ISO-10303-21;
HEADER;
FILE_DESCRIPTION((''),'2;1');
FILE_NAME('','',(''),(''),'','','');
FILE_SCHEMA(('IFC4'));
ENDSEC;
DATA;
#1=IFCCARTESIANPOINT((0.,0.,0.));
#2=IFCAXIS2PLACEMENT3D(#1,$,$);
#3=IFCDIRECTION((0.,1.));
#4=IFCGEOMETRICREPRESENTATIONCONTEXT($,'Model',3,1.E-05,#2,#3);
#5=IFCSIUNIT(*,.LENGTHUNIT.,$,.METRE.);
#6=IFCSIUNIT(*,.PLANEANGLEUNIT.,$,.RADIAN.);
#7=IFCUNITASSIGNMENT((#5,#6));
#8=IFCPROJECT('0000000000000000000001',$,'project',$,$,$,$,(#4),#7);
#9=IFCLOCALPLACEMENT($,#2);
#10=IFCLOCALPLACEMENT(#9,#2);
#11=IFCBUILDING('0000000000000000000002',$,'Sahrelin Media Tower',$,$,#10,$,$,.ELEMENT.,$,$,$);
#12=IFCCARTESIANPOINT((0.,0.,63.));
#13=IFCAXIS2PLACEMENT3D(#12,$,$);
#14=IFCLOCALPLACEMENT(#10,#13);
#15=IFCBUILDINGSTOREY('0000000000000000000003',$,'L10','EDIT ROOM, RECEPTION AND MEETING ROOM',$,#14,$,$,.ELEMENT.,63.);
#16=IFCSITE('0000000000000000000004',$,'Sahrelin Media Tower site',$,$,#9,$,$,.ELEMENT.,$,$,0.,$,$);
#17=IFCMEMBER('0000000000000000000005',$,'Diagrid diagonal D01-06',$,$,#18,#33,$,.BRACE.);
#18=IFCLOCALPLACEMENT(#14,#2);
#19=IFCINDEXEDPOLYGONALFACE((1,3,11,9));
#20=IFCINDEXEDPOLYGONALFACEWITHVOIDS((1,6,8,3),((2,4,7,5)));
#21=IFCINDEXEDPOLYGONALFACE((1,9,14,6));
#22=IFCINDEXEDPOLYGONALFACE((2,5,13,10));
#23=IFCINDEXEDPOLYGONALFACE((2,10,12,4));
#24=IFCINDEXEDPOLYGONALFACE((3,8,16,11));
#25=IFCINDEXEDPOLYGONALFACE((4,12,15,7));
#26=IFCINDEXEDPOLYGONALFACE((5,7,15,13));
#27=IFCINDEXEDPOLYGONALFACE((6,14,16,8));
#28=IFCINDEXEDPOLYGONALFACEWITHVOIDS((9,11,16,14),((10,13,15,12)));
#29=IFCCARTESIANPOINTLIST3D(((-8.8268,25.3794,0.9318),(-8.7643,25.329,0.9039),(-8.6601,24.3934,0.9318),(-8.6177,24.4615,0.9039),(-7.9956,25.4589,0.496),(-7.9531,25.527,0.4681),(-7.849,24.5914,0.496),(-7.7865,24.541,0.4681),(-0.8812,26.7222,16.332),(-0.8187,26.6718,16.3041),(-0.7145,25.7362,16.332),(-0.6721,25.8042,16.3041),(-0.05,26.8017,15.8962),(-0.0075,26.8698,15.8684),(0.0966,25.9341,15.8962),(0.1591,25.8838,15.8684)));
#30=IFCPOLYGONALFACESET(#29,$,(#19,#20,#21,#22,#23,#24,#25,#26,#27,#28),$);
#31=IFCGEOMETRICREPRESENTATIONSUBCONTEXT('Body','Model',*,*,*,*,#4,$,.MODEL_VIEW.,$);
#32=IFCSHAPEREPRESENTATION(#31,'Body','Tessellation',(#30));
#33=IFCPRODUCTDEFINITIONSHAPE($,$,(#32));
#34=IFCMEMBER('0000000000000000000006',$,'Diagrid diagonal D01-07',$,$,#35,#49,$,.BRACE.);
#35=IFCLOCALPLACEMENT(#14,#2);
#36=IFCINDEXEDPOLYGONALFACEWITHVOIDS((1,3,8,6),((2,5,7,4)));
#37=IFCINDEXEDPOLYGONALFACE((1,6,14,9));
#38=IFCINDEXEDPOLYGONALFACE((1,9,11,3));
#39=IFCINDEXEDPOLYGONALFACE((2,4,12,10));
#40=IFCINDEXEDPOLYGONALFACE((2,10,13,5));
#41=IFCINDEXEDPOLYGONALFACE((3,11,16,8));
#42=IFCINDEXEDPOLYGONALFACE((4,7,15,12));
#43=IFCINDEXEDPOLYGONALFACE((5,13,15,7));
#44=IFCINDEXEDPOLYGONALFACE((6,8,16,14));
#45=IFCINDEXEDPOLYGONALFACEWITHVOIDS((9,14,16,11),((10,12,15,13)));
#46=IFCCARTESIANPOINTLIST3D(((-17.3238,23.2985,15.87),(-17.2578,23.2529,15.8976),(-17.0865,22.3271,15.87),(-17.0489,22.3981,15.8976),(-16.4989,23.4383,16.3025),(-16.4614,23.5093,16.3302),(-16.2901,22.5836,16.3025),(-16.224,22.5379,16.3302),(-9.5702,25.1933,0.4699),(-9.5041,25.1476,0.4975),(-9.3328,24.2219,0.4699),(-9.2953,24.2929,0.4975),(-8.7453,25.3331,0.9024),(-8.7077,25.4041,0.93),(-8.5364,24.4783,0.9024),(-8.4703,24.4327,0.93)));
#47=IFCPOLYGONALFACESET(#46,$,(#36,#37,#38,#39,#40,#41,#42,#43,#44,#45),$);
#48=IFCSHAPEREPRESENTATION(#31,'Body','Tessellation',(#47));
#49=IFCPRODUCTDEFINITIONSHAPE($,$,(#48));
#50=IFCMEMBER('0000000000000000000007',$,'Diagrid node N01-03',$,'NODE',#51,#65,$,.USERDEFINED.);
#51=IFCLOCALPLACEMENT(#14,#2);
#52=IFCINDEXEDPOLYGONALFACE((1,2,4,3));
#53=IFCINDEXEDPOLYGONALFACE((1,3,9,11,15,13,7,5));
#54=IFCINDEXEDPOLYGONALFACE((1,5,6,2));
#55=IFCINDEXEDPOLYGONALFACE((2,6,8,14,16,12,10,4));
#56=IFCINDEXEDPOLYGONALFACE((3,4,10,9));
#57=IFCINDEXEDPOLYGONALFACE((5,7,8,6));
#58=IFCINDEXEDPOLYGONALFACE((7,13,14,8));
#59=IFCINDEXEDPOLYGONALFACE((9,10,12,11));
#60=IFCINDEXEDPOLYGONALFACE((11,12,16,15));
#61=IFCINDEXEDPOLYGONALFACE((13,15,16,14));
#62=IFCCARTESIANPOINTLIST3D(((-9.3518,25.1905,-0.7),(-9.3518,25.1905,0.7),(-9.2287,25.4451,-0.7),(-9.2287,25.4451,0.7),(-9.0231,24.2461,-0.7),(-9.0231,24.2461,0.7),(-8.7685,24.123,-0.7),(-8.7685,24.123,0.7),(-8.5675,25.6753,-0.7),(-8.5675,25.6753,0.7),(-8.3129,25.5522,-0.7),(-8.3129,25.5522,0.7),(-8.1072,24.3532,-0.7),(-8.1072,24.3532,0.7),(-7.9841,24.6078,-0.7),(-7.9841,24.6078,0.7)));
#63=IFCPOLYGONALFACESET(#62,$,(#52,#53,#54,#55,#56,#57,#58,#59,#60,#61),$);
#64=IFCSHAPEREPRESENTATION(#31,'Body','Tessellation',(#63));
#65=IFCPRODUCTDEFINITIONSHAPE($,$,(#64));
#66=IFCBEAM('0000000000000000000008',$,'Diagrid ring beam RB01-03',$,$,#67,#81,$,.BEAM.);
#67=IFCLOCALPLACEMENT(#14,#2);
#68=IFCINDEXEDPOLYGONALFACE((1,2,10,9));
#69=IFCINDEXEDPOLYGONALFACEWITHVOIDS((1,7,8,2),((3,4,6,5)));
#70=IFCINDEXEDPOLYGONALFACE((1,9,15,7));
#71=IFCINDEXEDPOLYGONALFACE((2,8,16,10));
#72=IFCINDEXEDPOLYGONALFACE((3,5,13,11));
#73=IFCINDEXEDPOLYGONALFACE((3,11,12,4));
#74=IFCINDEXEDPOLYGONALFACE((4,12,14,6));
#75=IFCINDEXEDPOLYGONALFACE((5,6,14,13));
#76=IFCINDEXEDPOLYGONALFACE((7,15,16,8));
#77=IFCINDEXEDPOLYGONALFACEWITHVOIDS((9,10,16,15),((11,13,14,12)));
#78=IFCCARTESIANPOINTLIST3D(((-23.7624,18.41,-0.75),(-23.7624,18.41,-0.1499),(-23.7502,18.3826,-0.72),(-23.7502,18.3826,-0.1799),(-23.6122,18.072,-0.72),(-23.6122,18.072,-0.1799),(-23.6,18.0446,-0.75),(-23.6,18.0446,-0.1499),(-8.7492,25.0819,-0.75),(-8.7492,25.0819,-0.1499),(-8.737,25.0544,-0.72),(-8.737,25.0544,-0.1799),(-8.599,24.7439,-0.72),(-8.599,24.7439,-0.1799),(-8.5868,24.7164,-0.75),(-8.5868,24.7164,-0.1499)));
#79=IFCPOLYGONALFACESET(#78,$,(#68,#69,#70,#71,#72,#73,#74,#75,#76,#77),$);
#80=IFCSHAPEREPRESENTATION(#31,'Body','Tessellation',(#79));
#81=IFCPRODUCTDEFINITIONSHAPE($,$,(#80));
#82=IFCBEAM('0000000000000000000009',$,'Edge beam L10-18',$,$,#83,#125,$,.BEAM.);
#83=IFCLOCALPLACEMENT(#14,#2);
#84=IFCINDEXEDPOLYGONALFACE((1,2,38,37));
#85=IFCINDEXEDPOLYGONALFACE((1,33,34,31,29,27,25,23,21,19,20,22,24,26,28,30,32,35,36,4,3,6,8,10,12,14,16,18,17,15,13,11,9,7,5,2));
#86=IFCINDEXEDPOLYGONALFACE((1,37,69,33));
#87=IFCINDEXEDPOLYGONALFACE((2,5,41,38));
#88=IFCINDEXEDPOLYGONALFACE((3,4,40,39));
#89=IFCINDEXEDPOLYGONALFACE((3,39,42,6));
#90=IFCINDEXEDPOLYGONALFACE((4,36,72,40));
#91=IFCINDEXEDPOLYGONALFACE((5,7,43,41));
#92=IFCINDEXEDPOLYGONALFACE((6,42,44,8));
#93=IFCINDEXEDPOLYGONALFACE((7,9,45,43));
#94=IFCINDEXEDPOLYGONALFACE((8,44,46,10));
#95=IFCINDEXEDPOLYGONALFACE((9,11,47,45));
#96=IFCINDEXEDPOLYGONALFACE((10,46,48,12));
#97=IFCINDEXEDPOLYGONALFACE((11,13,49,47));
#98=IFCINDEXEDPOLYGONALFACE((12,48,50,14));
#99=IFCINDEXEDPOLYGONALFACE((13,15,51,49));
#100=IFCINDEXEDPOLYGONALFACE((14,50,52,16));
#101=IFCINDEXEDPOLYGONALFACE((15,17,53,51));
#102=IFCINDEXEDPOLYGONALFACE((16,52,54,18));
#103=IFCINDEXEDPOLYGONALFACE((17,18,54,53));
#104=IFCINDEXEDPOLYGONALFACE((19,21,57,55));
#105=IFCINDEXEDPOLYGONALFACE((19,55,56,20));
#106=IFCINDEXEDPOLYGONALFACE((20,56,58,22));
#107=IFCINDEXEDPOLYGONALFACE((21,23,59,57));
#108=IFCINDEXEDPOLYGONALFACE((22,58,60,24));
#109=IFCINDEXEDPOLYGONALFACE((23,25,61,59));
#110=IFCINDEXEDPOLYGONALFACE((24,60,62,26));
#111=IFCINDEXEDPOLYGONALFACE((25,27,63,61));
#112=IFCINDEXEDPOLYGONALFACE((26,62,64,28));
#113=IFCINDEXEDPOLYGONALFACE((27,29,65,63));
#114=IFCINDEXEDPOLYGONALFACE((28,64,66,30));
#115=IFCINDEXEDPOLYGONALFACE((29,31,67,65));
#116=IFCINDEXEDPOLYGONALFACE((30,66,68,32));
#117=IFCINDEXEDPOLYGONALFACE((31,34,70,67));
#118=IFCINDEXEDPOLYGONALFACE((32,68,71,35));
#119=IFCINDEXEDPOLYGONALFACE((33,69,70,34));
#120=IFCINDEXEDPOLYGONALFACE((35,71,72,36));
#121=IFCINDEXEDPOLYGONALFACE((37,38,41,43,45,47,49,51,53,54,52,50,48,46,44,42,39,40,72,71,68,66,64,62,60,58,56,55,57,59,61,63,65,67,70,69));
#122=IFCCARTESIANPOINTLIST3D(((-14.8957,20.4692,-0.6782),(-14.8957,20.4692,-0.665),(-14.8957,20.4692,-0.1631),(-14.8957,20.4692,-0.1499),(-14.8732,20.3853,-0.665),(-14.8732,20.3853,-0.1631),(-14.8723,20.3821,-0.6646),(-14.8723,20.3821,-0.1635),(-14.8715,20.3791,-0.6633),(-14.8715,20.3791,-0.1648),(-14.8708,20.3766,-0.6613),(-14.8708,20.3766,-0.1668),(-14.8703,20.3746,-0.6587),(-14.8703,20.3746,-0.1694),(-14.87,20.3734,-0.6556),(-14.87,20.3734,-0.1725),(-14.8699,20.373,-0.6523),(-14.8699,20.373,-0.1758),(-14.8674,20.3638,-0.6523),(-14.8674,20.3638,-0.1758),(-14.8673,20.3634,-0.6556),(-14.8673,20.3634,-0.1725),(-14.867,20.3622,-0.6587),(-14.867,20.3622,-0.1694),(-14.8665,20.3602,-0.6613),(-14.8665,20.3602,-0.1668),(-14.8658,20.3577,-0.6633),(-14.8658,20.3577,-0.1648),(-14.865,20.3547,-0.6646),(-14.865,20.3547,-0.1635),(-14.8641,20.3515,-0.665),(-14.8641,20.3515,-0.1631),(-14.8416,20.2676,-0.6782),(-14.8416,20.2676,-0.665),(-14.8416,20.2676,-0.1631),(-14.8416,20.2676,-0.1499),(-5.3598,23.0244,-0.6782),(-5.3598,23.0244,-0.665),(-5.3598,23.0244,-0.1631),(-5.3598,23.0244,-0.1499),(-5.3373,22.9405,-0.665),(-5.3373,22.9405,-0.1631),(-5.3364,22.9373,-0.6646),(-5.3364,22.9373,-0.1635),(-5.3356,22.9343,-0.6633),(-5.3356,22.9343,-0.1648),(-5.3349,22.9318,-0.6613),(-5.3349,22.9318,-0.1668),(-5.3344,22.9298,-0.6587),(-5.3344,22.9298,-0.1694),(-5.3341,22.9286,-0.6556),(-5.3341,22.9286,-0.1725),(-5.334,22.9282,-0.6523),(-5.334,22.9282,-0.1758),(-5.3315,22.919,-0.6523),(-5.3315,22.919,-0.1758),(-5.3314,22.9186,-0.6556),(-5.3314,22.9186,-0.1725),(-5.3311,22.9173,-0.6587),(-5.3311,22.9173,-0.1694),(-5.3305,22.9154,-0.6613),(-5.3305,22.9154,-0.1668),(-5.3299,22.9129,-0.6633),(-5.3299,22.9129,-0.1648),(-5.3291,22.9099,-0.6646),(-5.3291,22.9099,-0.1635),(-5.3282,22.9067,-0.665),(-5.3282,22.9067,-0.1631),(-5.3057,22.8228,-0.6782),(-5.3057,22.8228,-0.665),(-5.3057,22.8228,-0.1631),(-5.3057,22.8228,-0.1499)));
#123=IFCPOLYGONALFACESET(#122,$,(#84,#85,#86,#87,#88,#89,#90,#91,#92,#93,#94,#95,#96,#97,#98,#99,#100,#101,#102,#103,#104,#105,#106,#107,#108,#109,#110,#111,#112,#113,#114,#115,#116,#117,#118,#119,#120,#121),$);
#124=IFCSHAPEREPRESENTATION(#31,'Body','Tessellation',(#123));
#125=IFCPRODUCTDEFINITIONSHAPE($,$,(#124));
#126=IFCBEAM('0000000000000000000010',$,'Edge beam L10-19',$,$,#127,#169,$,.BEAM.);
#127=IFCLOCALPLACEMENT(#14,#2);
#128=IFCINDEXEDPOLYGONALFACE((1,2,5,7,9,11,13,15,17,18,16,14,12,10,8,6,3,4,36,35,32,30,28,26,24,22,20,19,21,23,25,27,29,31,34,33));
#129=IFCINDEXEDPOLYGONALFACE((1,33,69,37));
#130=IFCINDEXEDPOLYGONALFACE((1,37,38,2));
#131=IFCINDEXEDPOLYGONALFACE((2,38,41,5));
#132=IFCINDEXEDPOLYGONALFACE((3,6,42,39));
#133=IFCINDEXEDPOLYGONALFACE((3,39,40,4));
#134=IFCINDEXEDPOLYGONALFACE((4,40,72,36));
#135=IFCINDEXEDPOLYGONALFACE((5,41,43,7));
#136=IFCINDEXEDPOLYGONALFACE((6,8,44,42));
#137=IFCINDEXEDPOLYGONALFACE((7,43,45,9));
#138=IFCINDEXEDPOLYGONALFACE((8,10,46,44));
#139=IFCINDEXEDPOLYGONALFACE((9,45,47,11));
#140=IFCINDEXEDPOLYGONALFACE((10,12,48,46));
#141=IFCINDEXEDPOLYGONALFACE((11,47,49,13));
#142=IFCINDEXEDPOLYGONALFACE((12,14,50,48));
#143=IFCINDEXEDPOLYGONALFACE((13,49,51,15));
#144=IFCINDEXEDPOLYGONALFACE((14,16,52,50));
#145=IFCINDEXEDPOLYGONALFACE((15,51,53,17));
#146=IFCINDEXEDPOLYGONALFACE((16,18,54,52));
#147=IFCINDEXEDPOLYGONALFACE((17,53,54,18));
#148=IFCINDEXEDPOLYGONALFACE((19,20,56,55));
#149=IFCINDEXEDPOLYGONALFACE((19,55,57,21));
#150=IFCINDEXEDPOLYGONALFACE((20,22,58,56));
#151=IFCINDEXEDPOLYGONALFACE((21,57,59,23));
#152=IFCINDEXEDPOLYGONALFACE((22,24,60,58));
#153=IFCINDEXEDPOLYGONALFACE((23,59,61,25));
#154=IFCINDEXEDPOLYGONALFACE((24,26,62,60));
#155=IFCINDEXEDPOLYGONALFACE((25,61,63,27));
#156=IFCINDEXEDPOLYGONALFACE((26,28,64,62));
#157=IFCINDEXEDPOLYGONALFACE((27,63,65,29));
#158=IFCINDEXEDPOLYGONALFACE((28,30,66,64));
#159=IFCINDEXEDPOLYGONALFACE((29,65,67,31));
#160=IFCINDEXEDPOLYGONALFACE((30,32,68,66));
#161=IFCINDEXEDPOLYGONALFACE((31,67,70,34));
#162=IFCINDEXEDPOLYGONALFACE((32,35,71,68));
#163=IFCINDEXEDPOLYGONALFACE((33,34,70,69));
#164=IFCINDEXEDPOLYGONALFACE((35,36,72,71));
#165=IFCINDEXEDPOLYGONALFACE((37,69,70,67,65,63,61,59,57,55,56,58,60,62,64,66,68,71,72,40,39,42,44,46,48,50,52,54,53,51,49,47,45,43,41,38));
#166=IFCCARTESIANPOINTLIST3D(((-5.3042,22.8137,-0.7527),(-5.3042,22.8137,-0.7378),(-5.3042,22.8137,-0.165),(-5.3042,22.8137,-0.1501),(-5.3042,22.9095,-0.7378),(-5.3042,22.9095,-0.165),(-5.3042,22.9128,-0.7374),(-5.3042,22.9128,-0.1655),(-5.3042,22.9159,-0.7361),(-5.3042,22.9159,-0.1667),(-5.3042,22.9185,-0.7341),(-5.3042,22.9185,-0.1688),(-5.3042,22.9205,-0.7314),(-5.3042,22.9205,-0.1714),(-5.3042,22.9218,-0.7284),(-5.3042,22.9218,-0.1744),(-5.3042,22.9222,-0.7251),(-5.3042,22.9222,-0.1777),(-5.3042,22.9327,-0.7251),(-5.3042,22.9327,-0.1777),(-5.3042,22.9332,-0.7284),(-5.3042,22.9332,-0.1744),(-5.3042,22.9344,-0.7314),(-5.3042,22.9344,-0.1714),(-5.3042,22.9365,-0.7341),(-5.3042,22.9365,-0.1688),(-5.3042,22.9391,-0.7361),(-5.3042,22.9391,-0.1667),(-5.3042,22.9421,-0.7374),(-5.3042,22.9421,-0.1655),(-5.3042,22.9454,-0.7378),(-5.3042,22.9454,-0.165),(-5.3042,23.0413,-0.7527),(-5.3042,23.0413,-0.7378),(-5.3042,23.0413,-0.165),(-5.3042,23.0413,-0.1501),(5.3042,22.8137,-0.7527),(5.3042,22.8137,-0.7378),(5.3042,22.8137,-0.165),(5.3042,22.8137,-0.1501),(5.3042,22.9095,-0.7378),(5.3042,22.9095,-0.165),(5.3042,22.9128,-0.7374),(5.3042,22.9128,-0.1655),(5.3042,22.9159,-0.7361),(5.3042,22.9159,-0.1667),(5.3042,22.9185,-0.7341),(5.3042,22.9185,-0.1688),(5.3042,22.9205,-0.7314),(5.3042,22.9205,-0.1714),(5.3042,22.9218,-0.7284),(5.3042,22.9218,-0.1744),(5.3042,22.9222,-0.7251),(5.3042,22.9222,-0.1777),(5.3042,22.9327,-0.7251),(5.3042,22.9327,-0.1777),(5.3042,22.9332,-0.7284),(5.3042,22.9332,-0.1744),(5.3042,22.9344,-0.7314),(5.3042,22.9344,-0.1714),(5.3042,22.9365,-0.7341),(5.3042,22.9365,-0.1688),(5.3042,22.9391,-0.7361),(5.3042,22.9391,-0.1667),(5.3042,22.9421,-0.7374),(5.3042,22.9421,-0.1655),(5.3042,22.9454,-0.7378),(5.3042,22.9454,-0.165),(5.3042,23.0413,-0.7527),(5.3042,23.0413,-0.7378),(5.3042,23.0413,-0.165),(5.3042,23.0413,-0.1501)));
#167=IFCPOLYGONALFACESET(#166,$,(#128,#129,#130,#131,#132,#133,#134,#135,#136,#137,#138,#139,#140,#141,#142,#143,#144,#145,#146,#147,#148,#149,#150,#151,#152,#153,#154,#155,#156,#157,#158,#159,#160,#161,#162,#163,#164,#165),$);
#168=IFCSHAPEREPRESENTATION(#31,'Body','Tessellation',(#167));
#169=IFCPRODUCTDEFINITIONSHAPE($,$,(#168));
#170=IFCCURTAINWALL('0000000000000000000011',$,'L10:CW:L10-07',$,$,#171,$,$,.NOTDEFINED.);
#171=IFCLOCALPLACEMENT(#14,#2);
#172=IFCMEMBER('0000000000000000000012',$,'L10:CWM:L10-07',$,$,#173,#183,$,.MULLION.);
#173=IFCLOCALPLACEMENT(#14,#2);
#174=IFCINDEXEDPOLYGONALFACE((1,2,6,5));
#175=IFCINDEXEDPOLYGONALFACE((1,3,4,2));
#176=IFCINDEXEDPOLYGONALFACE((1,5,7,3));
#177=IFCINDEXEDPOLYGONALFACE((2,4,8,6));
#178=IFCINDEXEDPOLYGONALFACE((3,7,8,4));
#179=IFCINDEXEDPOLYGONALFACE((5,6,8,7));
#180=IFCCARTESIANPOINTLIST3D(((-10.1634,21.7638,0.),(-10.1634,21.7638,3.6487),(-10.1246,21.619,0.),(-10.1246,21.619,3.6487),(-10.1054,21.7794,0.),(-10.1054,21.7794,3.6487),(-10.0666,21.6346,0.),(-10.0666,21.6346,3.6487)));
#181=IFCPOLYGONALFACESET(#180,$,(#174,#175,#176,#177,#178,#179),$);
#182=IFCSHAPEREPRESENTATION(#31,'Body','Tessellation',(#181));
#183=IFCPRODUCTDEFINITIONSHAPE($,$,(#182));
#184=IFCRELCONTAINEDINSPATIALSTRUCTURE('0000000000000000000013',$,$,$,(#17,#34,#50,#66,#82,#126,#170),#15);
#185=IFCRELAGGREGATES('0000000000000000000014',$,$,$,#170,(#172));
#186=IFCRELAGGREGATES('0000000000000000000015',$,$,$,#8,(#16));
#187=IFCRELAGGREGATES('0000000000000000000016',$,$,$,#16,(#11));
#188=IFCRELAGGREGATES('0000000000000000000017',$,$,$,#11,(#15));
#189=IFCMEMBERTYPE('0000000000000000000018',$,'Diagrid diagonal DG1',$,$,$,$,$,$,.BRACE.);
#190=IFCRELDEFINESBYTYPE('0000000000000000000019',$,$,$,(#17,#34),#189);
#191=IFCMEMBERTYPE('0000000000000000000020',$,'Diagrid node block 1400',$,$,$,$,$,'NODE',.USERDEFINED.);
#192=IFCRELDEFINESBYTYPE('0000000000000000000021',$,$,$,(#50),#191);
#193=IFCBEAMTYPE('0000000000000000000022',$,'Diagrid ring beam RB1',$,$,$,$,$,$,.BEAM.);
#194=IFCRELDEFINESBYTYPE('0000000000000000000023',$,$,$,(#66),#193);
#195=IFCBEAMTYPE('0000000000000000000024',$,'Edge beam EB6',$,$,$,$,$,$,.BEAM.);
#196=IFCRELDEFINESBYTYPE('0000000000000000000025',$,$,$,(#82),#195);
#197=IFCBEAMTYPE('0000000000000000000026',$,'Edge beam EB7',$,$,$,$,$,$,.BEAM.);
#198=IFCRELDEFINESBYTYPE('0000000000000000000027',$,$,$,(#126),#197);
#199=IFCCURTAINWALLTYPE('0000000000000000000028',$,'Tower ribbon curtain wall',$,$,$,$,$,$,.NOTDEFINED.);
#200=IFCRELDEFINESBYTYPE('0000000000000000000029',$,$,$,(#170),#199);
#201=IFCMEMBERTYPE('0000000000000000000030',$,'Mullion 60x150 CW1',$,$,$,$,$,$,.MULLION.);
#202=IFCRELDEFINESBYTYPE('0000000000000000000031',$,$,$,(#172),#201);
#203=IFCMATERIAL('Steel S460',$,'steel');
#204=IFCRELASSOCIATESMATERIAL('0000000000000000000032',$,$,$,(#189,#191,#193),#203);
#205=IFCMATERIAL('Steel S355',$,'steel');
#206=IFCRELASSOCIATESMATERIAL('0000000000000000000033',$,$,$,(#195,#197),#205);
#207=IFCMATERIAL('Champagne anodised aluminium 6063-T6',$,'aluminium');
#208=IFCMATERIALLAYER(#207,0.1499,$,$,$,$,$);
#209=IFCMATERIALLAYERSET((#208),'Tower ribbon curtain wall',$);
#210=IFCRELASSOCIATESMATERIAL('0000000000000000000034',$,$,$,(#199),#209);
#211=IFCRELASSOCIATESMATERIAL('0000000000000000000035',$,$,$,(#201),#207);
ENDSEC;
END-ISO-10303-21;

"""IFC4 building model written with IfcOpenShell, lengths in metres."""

from ifc_helpers import new_model, si_unit, direction, frame, origin, origin_2d, place, context, subcontext, project, spatial, polyline, rectangle, hollow_rectangle, i_section, outline, extrude, material, layer, layer_set, material_profile, profile_set, type_object, element, aggregate, save


model = new_model("IFC4")

# Units and contexts
model_context = context("Model", 3, precision=1e-05, world=origin(), true_north=direction((0.0, 1.0)))
body_context = subcontext(model_context, "Body", "Model", "MODEL_VIEW")
ifc_project = project(units=[si_unit("LENGTHUNIT", "METRE"), si_unit("PLANEANGLEUNIT", "RADIAN")], contexts=[model_context])

# Site, building, storey
site_placement = place(None, origin())
site = spatial("IfcSite", under=ifc_project, at=site_placement, Name="Sahrelin Media Tower site", CompositionType="ELEMENT", RefElevation=0.0)
building_placement = place(site_placement, origin())
building = spatial("IfcBuilding", under=site, at=building_placement, Name="Sahrelin Media Tower", CompositionType="ELEMENT")
storey_placement = place(building_placement, frame((0.0, 0.0, 63.0)))
storey = spatial("IfcBuildingStorey", under=building, at=storey_placement, Name="L10", Description="EDIT ROOM, RECEPTION AND MEETING ROOM", CompositionType="ELEMENT", Elevation=63.0)

# Members
ifc_material_1 = material(Name="Steel S460", Category="steel")
ifc_material_profile_1 = material_profile(ifc_material_1, hollow_rectangle(XDim=1.0, YDim=1.0, WallThickness=0.0601, at=origin_2d()), Name="Diagrid diagonal DG1")
ifc_profile_set_1 = profile_set([ifc_material_profile_1], Name="Steel S460")
member_type_1 = type_object("IfcMemberType", Name="Diagrid diagonal DG1", PredefinedType="BRACE", material=ifc_profile_set_1)
member_1_placement = place(storey_placement, frame((-8.3066, 24.9602, 0.7), z_axis=(0.45714, 0.077255, 0.886033), x_axis=(-0.166634, 0.986019, 0.0)))
element("IfcMember", 1, at=member_1_placement, inside=storey, type_object=member_type_1, Name="Diagrid diagonal D01-06", PredefinedType="BRACE", context=body_context, shape_type="SweptSolid", body=[
    extrude(hollow_rectangle(XDim=1.0, YDim=1.0, WallThickness=0.0601, at=origin_2d()), origin(), (0.0, 0.0, 1.0), 17.3811),
])
member_2_placement = place(storey_placement, frame((-9.0203, 24.813, 0.7), z_axis=(-0.447007, -0.109236, 0.887836), x_axis=(0.237386, -0.971415, 0.0)))
element("IfcMember", 2, at=member_2_placement, inside=storey, type_object=member_type_1, Name="Diagrid diagonal D01-07", PredefinedType="BRACE", context=body_context, shape_type="SweptSolid", body=[
    extrude(hollow_rectangle(XDim=1.0, YDim=1.0, WallThickness=0.0601, at=origin_2d()), origin(), (0.0, 0.0, 1.0), 17.3457),
])
ifc_material_profile_2 = material_profile(ifc_material_1, outline(polyline([(0.5, -0.55), (0.7, -0.3501), (0.7, 0.3501), (0.5, 0.55), (-0.5, 0.55), (-0.7, 0.3501), (-0.7, -0.3501), (-0.5, -0.55), (0.5, -0.55)])), Name="Diagrid node block 1400")
ifc_profile_set_2 = profile_set([ifc_material_profile_2], Name="Steel S460")
member_type_2 = type_object("IfcMemberType", Name="Diagrid node block 1400", ElementType="NODE", PredefinedType="USERDEFINED", material=ifc_profile_set_2)
member_3_placement = place(storey_placement, frame((-8.668, 24.8992, -0.7), z_axis=(0.0, 0.0, 1.0), x_axis=(-0.328769, 0.94441, 0.0)))
element("IfcMember", 3, at=member_3_placement, inside=storey, type_object=member_type_2, Name="Diagrid node N01-03", ObjectType="NODE", PredefinedType="USERDEFINED", context=body_context, shape_type="SweptSolid", body=[
    extrude(outline(polyline([(0.5, -0.55), (0.7, -0.3501), (0.7, 0.3501), (0.5, 0.55), (-0.5, 0.55), (-0.7, 0.3501), (-0.7, -0.3501), (-0.5, -0.55), (0.5, -0.55)])), origin(), (0.0, 0.0, 1.0), 1.3999),
])

# Beams
ifc_material_profile_3 = material_profile(ifc_material_1, hollow_rectangle(XDim=0.3999, YDim=0.6001, WallThickness=0.03, at=origin_2d()), Name="Diagrid ring beam RB1")
ifc_profile_set_3 = profile_set([ifc_material_profile_3], Name="Steel S460")
beam_type_1 = type_object("IfcBeamType", Name="Diagrid ring beam RB1", PredefinedType="BEAM", material=ifc_profile_set_3)
beam_1_placement = place(storey_placement, frame((-8.668, 24.8992, -0.45), z_axis=(-0.913826, -0.406105, 0.0), x_axis=(0.406105, -0.913826, 0.0)))
element("IfcBeam", 4, at=beam_1_placement, inside=storey, type_object=beam_type_1, Name="Diagrid ring beam RB01-03", PredefinedType="BEAM", context=body_context, shape_type="SweptSolid", body=[
    extrude(hollow_rectangle(XDim=0.3999, YDim=0.6001, WallThickness=0.03, at=origin_2d()), origin(), (0.0, 0.0, 1.0), 16.429),
])
ifc_material_2 = material(Name="Steel S355", Category="steel")
ifc_material_profile_4 = material_profile(ifc_material_2, i_section(OverallWidth=0.2087, OverallDepth=0.5283, WebThickness=0.0095, FlangeThickness=0.0132, FilletRadius=0.0127, at=origin_2d()), Name="UB 533x210x82")
ifc_profile_set_4 = profile_set([ifc_material_profile_4], Name="Steel S355")
beam_type_2 = type_object("IfcBeamType", Name="Edge beam EB6", PredefinedType="BEAM", material=ifc_profile_set_4)
beam_2_placement = place(storey_placement, frame((-14.8687, 20.3684, -0.4141), z_axis=(0.965925, 0.258823, 0.0), x_axis=(-0.258823, 0.965925, 0.0)))
element("IfcBeam", 5, at=beam_2_placement, inside=storey, type_object=beam_type_2, Name="Edge beam L10-18", PredefinedType="BEAM", context=body_context, shape_type="SweptSolid", body=[
    extrude(i_section(OverallWidth=0.2087, OverallDepth=0.5283, WebThickness=0.0095, FlangeThickness=0.0132, FilletRadius=0.0127, at=origin_2d()), origin(), (0.0, 0.0, 1.0), 9.8723),
])
ifc_material_profile_5 = material_profile(ifc_material_2, i_section(OverallWidth=0.2275, OverallDepth=0.6025, WebThickness=0.0105, FlangeThickness=0.0149, FilletRadius=0.0127, at=origin_2d()), Name="UB 610x229x101")
ifc_profile_set_5 = profile_set([ifc_material_profile_5], Name="Steel S355")
beam_type_3 = type_object("IfcBeamType", Name="Edge beam EB7", PredefinedType="BEAM", material=ifc_profile_set_5)
beam_3_placement = place(storey_placement, frame((-5.3042, 22.9275, -0.4514), z_axis=(1.0, 0.0, 0.0), x_axis=(0.0, 1.0, 0.0)))
element("IfcBeam", 6, at=beam_3_placement, inside=storey, type_object=beam_type_3, Name="Edge beam L10-19", PredefinedType="BEAM", context=body_context, shape_type="SweptSolid", body=[
    extrude(i_section(OverallWidth=0.2275, OverallDepth=0.6025, WebThickness=0.0105, FlangeThickness=0.0149, FilletRadius=0.0127, at=origin_2d()), origin(), (0.0, 0.0, 1.0), 10.6084),
])

# Curtain wall, member
ifc_material_3 = material(Name="Champagne anodised aluminium 6063-T6", Category="aluminium")
ifc_layer_1 = layer(ifc_material_3, 0.1499)
ifc_layer_set_1 = layer_set([ifc_layer_1], Name="Tower ribbon curtain wall")
curtain_wall_type = type_object("IfcCurtainWallType", Name="Tower ribbon curtain wall", PredefinedType="NOTDEFINED", material=ifc_layer_set_1)
curtain_wall_1_placement = place(storey_placement, frame((-10.1394, 21.791, 0.0), z_axis=(0.0, 0.0, 1.0), x_axis=(1.0, 0.0, 0.0)))
curtain_wall_1 = element("IfcCurtainWall", 7, at=curtain_wall_1_placement, inside=storey, type_object=curtain_wall_type, Name="L10:CW:L10-07", PredefinedType="NOTDEFINED")
ifc_material_profile_6 = material_profile(ifc_material_3, rectangle(XDim=0.0601, YDim=0.1499, at=origin_2d()), Name="Mullion 60x150")
ifc_profile_set_6 = profile_set([ifc_material_profile_6], Name="Champagne anodised aluminium 6063-T6")
member_type_3 = type_object("IfcMemberType", Name="Mullion 60x150 CW1", PredefinedType="MULLION", material=ifc_profile_set_6)
member_4_placement = place(storey_placement, frame((-10.115, 21.6992, 0.0), z_axis=(0.0, 0.0, 1.0), x_axis=(-0.965925, -0.258821, 0.0)))
member_4 = element("IfcMember", 8, at=member_4_placement, type_object=member_type_3, Name="L10:CWM:L10-07", PredefinedType="MULLION", context=body_context, shape_type="SweptSolid", body=[
    extrude(rectangle(XDim=0.0601, YDim=0.1499, at=origin_2d()), origin(), (0.0, 0.0, 1.0), 3.6487),
])

aggregate(curtain_wall_1, [member_4])

save(model, "model.ifc")
